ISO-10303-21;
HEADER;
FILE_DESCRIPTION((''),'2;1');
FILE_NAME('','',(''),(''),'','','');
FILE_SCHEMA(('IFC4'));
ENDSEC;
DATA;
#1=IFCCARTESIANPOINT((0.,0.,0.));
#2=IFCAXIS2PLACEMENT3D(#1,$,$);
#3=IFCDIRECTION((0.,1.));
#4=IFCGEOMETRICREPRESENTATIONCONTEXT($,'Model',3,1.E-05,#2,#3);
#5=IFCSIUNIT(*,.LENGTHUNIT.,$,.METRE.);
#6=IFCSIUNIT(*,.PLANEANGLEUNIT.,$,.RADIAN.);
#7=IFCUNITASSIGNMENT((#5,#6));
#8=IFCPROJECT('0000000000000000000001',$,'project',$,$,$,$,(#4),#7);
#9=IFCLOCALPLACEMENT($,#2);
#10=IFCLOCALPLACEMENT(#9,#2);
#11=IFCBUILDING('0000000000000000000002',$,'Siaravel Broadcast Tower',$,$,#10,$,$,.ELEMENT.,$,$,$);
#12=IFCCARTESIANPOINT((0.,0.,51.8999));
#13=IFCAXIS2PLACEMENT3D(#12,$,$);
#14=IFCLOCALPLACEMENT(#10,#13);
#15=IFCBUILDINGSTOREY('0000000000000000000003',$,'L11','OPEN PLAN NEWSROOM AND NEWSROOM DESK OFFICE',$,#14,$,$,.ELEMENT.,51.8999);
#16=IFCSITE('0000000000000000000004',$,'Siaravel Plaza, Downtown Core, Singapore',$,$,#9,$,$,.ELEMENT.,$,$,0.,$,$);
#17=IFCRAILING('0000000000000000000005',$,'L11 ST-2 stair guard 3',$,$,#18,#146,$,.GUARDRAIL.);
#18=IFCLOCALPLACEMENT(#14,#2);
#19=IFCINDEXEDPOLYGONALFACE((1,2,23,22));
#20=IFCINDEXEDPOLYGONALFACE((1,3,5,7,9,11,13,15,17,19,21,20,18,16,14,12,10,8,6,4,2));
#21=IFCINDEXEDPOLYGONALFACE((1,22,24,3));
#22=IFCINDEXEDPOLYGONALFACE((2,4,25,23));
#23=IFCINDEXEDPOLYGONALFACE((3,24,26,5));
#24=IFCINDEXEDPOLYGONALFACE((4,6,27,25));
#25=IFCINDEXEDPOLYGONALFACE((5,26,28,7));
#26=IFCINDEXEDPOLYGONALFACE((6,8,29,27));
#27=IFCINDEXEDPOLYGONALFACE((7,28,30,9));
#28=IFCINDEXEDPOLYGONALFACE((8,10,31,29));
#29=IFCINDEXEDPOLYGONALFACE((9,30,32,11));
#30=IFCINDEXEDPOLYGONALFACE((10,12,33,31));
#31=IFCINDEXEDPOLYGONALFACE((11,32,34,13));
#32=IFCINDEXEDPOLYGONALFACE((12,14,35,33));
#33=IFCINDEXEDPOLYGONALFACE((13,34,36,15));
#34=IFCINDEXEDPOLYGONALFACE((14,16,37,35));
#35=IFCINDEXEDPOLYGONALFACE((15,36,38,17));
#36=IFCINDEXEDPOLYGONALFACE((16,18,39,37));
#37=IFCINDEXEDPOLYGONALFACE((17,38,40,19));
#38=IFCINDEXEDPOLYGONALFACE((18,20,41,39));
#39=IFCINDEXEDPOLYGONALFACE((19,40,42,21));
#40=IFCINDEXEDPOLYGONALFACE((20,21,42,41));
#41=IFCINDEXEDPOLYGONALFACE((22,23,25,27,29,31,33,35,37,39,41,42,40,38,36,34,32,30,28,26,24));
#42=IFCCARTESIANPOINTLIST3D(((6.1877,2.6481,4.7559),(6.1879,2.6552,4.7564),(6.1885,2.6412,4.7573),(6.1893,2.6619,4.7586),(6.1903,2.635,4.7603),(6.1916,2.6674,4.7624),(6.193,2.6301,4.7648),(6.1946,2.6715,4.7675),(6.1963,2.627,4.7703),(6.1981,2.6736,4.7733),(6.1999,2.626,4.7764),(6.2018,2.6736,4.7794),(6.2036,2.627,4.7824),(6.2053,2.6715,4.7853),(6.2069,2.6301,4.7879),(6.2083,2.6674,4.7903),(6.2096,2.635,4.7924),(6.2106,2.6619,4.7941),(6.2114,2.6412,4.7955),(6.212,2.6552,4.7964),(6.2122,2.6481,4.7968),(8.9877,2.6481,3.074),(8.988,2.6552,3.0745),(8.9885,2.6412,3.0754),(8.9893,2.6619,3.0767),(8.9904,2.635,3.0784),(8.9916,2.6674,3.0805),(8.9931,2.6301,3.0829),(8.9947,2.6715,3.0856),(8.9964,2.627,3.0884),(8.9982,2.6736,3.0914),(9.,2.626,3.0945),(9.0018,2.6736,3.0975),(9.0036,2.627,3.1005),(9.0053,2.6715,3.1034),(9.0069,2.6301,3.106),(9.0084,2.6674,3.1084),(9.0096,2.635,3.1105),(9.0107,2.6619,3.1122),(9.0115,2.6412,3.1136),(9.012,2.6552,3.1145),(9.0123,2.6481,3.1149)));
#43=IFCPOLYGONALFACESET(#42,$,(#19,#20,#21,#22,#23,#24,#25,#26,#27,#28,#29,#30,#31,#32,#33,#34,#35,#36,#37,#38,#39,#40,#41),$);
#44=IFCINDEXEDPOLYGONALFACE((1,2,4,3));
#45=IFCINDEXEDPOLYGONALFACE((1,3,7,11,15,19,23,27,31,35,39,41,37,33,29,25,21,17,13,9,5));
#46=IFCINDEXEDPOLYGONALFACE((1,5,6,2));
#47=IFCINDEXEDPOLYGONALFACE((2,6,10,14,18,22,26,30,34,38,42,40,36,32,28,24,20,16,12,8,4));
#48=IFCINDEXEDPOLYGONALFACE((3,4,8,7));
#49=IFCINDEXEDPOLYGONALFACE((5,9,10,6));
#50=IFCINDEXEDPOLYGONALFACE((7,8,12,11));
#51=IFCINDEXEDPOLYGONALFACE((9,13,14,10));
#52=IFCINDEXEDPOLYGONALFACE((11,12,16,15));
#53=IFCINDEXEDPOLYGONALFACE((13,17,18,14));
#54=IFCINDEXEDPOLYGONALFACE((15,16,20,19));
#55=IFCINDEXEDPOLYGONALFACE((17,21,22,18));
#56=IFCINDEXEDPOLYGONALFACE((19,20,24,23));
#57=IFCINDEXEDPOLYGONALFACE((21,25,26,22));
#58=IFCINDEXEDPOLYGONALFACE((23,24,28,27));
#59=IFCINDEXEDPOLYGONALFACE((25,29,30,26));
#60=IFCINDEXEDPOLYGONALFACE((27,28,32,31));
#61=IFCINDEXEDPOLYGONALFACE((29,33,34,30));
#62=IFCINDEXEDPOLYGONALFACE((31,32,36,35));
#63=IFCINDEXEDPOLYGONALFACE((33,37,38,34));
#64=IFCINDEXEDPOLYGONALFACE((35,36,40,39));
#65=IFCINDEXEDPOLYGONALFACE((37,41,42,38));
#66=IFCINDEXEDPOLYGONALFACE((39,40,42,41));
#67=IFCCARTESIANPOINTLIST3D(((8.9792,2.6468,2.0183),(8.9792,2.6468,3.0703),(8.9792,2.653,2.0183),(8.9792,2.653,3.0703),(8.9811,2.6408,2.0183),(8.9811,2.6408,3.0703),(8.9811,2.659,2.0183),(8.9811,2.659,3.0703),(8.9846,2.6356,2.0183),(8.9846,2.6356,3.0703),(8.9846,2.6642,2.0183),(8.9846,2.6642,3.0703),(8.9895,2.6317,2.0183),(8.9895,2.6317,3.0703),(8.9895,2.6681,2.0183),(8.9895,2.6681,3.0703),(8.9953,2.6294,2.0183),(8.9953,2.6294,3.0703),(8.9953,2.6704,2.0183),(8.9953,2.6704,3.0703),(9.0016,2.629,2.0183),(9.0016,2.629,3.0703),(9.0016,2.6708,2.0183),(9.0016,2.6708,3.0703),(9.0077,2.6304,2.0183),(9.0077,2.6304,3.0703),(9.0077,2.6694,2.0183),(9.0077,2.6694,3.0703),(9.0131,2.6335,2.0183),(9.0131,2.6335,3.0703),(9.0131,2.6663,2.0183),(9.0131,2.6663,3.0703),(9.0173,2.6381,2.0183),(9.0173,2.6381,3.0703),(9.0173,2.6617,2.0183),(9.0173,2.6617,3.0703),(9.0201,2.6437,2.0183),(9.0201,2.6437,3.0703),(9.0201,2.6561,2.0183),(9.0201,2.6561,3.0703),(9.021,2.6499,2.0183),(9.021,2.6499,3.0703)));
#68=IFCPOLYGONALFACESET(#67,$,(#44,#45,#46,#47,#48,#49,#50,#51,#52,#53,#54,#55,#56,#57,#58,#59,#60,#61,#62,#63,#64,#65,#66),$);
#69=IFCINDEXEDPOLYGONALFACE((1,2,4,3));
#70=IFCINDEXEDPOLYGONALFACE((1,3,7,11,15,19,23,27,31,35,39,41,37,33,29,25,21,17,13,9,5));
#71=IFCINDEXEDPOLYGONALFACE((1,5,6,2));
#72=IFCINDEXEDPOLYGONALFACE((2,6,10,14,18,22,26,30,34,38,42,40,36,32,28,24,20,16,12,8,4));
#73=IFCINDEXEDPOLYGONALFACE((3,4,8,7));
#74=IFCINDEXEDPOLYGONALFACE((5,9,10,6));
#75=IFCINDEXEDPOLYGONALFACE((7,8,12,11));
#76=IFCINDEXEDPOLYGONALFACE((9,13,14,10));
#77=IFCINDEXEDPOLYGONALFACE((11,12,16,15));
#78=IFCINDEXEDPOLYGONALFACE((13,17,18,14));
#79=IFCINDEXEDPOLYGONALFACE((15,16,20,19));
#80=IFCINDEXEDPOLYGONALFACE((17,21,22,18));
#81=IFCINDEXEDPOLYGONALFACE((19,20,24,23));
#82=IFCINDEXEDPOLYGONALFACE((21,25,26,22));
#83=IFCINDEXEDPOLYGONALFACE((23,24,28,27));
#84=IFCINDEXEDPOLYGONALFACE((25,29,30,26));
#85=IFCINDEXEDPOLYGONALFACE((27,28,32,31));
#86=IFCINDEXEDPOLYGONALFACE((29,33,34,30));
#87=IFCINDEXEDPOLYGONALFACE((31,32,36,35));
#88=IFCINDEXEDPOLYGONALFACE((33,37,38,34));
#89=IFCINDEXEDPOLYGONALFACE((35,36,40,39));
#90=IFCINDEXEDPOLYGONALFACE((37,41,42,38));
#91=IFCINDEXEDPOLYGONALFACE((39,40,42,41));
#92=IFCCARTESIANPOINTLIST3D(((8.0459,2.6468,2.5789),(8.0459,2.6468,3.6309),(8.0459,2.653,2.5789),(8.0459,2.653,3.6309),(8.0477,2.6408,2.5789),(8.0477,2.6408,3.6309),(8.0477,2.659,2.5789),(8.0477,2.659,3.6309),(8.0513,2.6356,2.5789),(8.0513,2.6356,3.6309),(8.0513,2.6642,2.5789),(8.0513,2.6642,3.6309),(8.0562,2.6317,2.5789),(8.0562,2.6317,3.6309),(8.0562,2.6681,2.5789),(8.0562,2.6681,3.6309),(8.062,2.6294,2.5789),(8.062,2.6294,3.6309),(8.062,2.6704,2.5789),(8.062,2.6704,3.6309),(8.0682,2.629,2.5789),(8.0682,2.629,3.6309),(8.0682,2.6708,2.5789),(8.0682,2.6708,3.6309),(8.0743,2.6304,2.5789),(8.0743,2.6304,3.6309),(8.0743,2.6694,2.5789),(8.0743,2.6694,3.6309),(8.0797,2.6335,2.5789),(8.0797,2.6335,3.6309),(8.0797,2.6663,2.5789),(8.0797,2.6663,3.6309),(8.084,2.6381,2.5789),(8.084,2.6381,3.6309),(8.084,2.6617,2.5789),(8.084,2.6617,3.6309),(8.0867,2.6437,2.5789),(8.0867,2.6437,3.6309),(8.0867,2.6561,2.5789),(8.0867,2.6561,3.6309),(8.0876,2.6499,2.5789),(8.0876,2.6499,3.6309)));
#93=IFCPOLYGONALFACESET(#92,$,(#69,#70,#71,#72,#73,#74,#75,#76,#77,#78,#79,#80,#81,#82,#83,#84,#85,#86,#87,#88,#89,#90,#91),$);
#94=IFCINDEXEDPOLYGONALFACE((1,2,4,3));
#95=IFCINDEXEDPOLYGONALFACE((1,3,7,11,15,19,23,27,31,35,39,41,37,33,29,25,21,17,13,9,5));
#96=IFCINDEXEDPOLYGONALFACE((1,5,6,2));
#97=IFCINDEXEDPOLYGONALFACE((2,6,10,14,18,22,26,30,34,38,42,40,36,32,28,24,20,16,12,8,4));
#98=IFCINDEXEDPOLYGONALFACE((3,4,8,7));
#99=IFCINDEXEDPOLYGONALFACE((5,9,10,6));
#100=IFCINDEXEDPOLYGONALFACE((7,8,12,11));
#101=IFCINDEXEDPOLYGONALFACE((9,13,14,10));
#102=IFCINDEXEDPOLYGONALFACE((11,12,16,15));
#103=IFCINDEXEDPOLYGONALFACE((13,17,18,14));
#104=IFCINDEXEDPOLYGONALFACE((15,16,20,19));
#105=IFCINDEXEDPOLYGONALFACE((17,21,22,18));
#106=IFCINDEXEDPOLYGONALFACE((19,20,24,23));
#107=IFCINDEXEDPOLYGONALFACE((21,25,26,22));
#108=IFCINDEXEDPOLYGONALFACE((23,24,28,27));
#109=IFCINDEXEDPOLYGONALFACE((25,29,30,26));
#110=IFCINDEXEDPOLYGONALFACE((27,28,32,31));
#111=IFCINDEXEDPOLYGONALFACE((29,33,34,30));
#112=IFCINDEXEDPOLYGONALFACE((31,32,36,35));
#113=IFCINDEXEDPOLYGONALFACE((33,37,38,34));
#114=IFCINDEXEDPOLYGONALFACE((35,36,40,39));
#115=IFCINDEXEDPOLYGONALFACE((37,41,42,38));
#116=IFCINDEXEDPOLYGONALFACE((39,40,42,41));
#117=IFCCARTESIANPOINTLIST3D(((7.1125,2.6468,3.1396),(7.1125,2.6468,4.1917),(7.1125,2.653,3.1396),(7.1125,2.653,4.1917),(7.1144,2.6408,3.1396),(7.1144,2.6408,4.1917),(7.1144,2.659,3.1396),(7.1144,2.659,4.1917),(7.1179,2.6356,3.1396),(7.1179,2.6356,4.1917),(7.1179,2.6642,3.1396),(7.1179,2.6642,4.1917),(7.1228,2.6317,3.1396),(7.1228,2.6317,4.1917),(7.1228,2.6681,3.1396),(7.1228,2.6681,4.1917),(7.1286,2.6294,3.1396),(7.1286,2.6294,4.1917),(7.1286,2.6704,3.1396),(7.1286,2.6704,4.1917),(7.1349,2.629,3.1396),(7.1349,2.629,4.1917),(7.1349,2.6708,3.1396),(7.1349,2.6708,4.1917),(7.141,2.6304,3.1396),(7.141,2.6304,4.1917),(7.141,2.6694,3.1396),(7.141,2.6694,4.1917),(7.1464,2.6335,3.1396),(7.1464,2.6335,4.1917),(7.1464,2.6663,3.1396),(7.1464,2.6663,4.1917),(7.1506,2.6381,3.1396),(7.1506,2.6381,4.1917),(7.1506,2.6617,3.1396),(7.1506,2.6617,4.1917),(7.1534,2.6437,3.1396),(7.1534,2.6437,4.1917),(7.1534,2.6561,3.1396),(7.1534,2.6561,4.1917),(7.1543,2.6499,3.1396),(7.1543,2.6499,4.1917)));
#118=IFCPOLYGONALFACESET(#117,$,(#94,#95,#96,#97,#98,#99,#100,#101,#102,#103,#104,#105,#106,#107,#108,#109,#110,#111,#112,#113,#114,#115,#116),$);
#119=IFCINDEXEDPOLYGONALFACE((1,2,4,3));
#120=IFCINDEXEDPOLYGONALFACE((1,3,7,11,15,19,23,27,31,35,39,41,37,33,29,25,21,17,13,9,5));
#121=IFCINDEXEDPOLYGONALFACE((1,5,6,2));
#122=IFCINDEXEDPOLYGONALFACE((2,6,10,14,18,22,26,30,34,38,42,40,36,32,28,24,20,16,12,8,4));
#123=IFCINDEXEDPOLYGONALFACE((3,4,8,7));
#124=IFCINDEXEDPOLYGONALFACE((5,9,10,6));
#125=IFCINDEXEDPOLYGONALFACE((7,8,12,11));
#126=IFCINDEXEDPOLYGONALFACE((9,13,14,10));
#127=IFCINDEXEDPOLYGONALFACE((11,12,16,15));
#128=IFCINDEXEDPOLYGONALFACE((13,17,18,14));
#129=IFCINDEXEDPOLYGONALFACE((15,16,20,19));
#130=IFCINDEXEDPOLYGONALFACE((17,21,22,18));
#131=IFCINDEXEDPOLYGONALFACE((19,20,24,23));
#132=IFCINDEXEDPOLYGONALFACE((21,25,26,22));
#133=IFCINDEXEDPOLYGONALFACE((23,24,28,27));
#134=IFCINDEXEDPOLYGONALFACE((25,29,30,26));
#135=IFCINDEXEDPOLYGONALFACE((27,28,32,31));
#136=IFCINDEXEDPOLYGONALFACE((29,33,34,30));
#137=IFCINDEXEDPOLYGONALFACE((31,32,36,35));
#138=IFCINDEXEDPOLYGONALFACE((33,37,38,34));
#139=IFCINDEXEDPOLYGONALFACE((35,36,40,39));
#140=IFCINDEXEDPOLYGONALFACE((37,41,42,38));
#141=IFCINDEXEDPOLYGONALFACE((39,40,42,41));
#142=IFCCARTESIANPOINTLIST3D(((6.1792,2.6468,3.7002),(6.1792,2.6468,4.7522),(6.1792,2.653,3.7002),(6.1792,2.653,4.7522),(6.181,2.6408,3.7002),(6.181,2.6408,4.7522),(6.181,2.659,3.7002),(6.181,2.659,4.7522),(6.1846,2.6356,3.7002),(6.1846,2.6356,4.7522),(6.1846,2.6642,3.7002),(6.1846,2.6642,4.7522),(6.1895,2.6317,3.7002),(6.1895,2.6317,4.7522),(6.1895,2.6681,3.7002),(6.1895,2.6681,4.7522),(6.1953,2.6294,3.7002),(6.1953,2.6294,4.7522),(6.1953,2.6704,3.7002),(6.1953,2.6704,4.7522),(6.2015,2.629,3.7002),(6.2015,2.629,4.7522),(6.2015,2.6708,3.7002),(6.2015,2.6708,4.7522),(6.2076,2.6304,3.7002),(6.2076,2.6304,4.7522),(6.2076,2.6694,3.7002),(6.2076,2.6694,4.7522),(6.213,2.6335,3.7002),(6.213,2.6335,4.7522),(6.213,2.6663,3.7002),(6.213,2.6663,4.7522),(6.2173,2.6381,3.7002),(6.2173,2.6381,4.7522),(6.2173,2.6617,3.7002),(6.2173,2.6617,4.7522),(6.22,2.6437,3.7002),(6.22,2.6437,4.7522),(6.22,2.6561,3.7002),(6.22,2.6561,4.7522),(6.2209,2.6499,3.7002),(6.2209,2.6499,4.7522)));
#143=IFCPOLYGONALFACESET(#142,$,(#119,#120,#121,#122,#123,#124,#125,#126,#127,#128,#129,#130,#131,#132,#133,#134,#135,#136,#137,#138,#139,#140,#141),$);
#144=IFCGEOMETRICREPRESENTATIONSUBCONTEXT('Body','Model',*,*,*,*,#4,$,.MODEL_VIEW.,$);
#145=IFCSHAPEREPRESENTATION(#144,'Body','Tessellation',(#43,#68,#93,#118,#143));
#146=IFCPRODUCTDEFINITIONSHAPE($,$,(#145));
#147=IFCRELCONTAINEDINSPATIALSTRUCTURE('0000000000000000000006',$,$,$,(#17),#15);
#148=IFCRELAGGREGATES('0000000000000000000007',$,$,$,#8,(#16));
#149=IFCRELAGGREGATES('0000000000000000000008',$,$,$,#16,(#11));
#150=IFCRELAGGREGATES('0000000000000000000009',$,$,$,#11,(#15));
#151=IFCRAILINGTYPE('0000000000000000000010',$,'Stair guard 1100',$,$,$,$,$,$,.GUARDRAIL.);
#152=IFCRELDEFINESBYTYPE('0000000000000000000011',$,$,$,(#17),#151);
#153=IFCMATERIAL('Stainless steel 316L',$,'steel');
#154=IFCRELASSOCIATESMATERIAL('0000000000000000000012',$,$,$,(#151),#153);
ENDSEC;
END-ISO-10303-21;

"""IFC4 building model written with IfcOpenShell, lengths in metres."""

from ifc_helpers import new_model, si_unit, direction, frame, origin, origin_2d, place, context, subcontext, project, spatial, circle, extrude, material, type_object, element, save


model = new_model("IFC4")

# Units and contexts
model_context = context("Model", 3, precision=1e-05, world=origin(), true_north=direction((0.0, 1.0)))
body_context = subcontext(model_context, "Body", "Model", "MODEL_VIEW")
ifc_project = project(units=[si_unit("LENGTHUNIT", "METRE"), si_unit("PLANEANGLEUNIT", "RADIAN")], contexts=[model_context])

# Site, building, storey
site_placement = place(None, origin())
site = spatial("IfcSite", under=ifc_project, at=site_placement, Name="Siaravel Plaza, Downtown Core, Singapore", CompositionType="ELEMENT", RefElevation=0.0)
building_placement = place(site_placement, origin())
building = spatial("IfcBuilding", under=site, at=building_placement, Name="Siaravel Broadcast Tower", CompositionType="ELEMENT")
storey_placement = place(building_placement, frame((0.0, 0.0, 51.8999)))
storey = spatial("IfcBuildingStorey", under=building, at=storey_placement, Name="L11", Description="OPEN PLAN NEWSROOM AND NEWSROOM DESK OFFICE", CompositionType="ELEMENT", Elevation=51.8999)

# Railing
ifc_material_1 = material(Name="Stainless steel 316L", Category="steel")
railing_type_1 = type_object("IfcRailingType", Name="Stair guard 1100", PredefinedType="GUARDRAIL", material=ifc_material_1)
railing_1_placement = place(storey_placement, frame((9.0, 2.6499, 2.0183)))
element("IfcRailing", 1, at=railing_1_placement, inside=storey, type_object=railing_type_1, Name="L11 ST-2 stair guard 3", PredefinedType="GUARDRAIL", context=body_context, shape_type="SweptSolid", body=[
    extrude(circle(Radius=0.0239, at=origin_2d()), frame((0.0, 0.0, 1.0762), z_axis=(-0.857242, 0.0, 0.514913), x_axis=(0.0, -1.0, 0.0)), (0.0, 0.0, 1.0), 3.2664),
    extrude(circle(Radius=0.021, at=origin_2d()), origin(), (0.0, 0.0, 1.0), 1.052),
    extrude(circle(Radius=0.021, at=origin_2d()), frame((-0.9333, 0.0, 0.5605)), (0.0, 0.0, 1.0), 1.052),
    extrude(circle(Radius=0.021, at=origin_2d()), frame((-1.8667, 0.0, 1.1213)), (0.0, 0.0, 1.0), 1.052),
    extrude(circle(Radius=0.021, at=origin_2d()), frame((-2.8, 0.0, 1.6819)), (0.0, 0.0, 1.0), 1.052),
])

save(model, "model.ifc")
